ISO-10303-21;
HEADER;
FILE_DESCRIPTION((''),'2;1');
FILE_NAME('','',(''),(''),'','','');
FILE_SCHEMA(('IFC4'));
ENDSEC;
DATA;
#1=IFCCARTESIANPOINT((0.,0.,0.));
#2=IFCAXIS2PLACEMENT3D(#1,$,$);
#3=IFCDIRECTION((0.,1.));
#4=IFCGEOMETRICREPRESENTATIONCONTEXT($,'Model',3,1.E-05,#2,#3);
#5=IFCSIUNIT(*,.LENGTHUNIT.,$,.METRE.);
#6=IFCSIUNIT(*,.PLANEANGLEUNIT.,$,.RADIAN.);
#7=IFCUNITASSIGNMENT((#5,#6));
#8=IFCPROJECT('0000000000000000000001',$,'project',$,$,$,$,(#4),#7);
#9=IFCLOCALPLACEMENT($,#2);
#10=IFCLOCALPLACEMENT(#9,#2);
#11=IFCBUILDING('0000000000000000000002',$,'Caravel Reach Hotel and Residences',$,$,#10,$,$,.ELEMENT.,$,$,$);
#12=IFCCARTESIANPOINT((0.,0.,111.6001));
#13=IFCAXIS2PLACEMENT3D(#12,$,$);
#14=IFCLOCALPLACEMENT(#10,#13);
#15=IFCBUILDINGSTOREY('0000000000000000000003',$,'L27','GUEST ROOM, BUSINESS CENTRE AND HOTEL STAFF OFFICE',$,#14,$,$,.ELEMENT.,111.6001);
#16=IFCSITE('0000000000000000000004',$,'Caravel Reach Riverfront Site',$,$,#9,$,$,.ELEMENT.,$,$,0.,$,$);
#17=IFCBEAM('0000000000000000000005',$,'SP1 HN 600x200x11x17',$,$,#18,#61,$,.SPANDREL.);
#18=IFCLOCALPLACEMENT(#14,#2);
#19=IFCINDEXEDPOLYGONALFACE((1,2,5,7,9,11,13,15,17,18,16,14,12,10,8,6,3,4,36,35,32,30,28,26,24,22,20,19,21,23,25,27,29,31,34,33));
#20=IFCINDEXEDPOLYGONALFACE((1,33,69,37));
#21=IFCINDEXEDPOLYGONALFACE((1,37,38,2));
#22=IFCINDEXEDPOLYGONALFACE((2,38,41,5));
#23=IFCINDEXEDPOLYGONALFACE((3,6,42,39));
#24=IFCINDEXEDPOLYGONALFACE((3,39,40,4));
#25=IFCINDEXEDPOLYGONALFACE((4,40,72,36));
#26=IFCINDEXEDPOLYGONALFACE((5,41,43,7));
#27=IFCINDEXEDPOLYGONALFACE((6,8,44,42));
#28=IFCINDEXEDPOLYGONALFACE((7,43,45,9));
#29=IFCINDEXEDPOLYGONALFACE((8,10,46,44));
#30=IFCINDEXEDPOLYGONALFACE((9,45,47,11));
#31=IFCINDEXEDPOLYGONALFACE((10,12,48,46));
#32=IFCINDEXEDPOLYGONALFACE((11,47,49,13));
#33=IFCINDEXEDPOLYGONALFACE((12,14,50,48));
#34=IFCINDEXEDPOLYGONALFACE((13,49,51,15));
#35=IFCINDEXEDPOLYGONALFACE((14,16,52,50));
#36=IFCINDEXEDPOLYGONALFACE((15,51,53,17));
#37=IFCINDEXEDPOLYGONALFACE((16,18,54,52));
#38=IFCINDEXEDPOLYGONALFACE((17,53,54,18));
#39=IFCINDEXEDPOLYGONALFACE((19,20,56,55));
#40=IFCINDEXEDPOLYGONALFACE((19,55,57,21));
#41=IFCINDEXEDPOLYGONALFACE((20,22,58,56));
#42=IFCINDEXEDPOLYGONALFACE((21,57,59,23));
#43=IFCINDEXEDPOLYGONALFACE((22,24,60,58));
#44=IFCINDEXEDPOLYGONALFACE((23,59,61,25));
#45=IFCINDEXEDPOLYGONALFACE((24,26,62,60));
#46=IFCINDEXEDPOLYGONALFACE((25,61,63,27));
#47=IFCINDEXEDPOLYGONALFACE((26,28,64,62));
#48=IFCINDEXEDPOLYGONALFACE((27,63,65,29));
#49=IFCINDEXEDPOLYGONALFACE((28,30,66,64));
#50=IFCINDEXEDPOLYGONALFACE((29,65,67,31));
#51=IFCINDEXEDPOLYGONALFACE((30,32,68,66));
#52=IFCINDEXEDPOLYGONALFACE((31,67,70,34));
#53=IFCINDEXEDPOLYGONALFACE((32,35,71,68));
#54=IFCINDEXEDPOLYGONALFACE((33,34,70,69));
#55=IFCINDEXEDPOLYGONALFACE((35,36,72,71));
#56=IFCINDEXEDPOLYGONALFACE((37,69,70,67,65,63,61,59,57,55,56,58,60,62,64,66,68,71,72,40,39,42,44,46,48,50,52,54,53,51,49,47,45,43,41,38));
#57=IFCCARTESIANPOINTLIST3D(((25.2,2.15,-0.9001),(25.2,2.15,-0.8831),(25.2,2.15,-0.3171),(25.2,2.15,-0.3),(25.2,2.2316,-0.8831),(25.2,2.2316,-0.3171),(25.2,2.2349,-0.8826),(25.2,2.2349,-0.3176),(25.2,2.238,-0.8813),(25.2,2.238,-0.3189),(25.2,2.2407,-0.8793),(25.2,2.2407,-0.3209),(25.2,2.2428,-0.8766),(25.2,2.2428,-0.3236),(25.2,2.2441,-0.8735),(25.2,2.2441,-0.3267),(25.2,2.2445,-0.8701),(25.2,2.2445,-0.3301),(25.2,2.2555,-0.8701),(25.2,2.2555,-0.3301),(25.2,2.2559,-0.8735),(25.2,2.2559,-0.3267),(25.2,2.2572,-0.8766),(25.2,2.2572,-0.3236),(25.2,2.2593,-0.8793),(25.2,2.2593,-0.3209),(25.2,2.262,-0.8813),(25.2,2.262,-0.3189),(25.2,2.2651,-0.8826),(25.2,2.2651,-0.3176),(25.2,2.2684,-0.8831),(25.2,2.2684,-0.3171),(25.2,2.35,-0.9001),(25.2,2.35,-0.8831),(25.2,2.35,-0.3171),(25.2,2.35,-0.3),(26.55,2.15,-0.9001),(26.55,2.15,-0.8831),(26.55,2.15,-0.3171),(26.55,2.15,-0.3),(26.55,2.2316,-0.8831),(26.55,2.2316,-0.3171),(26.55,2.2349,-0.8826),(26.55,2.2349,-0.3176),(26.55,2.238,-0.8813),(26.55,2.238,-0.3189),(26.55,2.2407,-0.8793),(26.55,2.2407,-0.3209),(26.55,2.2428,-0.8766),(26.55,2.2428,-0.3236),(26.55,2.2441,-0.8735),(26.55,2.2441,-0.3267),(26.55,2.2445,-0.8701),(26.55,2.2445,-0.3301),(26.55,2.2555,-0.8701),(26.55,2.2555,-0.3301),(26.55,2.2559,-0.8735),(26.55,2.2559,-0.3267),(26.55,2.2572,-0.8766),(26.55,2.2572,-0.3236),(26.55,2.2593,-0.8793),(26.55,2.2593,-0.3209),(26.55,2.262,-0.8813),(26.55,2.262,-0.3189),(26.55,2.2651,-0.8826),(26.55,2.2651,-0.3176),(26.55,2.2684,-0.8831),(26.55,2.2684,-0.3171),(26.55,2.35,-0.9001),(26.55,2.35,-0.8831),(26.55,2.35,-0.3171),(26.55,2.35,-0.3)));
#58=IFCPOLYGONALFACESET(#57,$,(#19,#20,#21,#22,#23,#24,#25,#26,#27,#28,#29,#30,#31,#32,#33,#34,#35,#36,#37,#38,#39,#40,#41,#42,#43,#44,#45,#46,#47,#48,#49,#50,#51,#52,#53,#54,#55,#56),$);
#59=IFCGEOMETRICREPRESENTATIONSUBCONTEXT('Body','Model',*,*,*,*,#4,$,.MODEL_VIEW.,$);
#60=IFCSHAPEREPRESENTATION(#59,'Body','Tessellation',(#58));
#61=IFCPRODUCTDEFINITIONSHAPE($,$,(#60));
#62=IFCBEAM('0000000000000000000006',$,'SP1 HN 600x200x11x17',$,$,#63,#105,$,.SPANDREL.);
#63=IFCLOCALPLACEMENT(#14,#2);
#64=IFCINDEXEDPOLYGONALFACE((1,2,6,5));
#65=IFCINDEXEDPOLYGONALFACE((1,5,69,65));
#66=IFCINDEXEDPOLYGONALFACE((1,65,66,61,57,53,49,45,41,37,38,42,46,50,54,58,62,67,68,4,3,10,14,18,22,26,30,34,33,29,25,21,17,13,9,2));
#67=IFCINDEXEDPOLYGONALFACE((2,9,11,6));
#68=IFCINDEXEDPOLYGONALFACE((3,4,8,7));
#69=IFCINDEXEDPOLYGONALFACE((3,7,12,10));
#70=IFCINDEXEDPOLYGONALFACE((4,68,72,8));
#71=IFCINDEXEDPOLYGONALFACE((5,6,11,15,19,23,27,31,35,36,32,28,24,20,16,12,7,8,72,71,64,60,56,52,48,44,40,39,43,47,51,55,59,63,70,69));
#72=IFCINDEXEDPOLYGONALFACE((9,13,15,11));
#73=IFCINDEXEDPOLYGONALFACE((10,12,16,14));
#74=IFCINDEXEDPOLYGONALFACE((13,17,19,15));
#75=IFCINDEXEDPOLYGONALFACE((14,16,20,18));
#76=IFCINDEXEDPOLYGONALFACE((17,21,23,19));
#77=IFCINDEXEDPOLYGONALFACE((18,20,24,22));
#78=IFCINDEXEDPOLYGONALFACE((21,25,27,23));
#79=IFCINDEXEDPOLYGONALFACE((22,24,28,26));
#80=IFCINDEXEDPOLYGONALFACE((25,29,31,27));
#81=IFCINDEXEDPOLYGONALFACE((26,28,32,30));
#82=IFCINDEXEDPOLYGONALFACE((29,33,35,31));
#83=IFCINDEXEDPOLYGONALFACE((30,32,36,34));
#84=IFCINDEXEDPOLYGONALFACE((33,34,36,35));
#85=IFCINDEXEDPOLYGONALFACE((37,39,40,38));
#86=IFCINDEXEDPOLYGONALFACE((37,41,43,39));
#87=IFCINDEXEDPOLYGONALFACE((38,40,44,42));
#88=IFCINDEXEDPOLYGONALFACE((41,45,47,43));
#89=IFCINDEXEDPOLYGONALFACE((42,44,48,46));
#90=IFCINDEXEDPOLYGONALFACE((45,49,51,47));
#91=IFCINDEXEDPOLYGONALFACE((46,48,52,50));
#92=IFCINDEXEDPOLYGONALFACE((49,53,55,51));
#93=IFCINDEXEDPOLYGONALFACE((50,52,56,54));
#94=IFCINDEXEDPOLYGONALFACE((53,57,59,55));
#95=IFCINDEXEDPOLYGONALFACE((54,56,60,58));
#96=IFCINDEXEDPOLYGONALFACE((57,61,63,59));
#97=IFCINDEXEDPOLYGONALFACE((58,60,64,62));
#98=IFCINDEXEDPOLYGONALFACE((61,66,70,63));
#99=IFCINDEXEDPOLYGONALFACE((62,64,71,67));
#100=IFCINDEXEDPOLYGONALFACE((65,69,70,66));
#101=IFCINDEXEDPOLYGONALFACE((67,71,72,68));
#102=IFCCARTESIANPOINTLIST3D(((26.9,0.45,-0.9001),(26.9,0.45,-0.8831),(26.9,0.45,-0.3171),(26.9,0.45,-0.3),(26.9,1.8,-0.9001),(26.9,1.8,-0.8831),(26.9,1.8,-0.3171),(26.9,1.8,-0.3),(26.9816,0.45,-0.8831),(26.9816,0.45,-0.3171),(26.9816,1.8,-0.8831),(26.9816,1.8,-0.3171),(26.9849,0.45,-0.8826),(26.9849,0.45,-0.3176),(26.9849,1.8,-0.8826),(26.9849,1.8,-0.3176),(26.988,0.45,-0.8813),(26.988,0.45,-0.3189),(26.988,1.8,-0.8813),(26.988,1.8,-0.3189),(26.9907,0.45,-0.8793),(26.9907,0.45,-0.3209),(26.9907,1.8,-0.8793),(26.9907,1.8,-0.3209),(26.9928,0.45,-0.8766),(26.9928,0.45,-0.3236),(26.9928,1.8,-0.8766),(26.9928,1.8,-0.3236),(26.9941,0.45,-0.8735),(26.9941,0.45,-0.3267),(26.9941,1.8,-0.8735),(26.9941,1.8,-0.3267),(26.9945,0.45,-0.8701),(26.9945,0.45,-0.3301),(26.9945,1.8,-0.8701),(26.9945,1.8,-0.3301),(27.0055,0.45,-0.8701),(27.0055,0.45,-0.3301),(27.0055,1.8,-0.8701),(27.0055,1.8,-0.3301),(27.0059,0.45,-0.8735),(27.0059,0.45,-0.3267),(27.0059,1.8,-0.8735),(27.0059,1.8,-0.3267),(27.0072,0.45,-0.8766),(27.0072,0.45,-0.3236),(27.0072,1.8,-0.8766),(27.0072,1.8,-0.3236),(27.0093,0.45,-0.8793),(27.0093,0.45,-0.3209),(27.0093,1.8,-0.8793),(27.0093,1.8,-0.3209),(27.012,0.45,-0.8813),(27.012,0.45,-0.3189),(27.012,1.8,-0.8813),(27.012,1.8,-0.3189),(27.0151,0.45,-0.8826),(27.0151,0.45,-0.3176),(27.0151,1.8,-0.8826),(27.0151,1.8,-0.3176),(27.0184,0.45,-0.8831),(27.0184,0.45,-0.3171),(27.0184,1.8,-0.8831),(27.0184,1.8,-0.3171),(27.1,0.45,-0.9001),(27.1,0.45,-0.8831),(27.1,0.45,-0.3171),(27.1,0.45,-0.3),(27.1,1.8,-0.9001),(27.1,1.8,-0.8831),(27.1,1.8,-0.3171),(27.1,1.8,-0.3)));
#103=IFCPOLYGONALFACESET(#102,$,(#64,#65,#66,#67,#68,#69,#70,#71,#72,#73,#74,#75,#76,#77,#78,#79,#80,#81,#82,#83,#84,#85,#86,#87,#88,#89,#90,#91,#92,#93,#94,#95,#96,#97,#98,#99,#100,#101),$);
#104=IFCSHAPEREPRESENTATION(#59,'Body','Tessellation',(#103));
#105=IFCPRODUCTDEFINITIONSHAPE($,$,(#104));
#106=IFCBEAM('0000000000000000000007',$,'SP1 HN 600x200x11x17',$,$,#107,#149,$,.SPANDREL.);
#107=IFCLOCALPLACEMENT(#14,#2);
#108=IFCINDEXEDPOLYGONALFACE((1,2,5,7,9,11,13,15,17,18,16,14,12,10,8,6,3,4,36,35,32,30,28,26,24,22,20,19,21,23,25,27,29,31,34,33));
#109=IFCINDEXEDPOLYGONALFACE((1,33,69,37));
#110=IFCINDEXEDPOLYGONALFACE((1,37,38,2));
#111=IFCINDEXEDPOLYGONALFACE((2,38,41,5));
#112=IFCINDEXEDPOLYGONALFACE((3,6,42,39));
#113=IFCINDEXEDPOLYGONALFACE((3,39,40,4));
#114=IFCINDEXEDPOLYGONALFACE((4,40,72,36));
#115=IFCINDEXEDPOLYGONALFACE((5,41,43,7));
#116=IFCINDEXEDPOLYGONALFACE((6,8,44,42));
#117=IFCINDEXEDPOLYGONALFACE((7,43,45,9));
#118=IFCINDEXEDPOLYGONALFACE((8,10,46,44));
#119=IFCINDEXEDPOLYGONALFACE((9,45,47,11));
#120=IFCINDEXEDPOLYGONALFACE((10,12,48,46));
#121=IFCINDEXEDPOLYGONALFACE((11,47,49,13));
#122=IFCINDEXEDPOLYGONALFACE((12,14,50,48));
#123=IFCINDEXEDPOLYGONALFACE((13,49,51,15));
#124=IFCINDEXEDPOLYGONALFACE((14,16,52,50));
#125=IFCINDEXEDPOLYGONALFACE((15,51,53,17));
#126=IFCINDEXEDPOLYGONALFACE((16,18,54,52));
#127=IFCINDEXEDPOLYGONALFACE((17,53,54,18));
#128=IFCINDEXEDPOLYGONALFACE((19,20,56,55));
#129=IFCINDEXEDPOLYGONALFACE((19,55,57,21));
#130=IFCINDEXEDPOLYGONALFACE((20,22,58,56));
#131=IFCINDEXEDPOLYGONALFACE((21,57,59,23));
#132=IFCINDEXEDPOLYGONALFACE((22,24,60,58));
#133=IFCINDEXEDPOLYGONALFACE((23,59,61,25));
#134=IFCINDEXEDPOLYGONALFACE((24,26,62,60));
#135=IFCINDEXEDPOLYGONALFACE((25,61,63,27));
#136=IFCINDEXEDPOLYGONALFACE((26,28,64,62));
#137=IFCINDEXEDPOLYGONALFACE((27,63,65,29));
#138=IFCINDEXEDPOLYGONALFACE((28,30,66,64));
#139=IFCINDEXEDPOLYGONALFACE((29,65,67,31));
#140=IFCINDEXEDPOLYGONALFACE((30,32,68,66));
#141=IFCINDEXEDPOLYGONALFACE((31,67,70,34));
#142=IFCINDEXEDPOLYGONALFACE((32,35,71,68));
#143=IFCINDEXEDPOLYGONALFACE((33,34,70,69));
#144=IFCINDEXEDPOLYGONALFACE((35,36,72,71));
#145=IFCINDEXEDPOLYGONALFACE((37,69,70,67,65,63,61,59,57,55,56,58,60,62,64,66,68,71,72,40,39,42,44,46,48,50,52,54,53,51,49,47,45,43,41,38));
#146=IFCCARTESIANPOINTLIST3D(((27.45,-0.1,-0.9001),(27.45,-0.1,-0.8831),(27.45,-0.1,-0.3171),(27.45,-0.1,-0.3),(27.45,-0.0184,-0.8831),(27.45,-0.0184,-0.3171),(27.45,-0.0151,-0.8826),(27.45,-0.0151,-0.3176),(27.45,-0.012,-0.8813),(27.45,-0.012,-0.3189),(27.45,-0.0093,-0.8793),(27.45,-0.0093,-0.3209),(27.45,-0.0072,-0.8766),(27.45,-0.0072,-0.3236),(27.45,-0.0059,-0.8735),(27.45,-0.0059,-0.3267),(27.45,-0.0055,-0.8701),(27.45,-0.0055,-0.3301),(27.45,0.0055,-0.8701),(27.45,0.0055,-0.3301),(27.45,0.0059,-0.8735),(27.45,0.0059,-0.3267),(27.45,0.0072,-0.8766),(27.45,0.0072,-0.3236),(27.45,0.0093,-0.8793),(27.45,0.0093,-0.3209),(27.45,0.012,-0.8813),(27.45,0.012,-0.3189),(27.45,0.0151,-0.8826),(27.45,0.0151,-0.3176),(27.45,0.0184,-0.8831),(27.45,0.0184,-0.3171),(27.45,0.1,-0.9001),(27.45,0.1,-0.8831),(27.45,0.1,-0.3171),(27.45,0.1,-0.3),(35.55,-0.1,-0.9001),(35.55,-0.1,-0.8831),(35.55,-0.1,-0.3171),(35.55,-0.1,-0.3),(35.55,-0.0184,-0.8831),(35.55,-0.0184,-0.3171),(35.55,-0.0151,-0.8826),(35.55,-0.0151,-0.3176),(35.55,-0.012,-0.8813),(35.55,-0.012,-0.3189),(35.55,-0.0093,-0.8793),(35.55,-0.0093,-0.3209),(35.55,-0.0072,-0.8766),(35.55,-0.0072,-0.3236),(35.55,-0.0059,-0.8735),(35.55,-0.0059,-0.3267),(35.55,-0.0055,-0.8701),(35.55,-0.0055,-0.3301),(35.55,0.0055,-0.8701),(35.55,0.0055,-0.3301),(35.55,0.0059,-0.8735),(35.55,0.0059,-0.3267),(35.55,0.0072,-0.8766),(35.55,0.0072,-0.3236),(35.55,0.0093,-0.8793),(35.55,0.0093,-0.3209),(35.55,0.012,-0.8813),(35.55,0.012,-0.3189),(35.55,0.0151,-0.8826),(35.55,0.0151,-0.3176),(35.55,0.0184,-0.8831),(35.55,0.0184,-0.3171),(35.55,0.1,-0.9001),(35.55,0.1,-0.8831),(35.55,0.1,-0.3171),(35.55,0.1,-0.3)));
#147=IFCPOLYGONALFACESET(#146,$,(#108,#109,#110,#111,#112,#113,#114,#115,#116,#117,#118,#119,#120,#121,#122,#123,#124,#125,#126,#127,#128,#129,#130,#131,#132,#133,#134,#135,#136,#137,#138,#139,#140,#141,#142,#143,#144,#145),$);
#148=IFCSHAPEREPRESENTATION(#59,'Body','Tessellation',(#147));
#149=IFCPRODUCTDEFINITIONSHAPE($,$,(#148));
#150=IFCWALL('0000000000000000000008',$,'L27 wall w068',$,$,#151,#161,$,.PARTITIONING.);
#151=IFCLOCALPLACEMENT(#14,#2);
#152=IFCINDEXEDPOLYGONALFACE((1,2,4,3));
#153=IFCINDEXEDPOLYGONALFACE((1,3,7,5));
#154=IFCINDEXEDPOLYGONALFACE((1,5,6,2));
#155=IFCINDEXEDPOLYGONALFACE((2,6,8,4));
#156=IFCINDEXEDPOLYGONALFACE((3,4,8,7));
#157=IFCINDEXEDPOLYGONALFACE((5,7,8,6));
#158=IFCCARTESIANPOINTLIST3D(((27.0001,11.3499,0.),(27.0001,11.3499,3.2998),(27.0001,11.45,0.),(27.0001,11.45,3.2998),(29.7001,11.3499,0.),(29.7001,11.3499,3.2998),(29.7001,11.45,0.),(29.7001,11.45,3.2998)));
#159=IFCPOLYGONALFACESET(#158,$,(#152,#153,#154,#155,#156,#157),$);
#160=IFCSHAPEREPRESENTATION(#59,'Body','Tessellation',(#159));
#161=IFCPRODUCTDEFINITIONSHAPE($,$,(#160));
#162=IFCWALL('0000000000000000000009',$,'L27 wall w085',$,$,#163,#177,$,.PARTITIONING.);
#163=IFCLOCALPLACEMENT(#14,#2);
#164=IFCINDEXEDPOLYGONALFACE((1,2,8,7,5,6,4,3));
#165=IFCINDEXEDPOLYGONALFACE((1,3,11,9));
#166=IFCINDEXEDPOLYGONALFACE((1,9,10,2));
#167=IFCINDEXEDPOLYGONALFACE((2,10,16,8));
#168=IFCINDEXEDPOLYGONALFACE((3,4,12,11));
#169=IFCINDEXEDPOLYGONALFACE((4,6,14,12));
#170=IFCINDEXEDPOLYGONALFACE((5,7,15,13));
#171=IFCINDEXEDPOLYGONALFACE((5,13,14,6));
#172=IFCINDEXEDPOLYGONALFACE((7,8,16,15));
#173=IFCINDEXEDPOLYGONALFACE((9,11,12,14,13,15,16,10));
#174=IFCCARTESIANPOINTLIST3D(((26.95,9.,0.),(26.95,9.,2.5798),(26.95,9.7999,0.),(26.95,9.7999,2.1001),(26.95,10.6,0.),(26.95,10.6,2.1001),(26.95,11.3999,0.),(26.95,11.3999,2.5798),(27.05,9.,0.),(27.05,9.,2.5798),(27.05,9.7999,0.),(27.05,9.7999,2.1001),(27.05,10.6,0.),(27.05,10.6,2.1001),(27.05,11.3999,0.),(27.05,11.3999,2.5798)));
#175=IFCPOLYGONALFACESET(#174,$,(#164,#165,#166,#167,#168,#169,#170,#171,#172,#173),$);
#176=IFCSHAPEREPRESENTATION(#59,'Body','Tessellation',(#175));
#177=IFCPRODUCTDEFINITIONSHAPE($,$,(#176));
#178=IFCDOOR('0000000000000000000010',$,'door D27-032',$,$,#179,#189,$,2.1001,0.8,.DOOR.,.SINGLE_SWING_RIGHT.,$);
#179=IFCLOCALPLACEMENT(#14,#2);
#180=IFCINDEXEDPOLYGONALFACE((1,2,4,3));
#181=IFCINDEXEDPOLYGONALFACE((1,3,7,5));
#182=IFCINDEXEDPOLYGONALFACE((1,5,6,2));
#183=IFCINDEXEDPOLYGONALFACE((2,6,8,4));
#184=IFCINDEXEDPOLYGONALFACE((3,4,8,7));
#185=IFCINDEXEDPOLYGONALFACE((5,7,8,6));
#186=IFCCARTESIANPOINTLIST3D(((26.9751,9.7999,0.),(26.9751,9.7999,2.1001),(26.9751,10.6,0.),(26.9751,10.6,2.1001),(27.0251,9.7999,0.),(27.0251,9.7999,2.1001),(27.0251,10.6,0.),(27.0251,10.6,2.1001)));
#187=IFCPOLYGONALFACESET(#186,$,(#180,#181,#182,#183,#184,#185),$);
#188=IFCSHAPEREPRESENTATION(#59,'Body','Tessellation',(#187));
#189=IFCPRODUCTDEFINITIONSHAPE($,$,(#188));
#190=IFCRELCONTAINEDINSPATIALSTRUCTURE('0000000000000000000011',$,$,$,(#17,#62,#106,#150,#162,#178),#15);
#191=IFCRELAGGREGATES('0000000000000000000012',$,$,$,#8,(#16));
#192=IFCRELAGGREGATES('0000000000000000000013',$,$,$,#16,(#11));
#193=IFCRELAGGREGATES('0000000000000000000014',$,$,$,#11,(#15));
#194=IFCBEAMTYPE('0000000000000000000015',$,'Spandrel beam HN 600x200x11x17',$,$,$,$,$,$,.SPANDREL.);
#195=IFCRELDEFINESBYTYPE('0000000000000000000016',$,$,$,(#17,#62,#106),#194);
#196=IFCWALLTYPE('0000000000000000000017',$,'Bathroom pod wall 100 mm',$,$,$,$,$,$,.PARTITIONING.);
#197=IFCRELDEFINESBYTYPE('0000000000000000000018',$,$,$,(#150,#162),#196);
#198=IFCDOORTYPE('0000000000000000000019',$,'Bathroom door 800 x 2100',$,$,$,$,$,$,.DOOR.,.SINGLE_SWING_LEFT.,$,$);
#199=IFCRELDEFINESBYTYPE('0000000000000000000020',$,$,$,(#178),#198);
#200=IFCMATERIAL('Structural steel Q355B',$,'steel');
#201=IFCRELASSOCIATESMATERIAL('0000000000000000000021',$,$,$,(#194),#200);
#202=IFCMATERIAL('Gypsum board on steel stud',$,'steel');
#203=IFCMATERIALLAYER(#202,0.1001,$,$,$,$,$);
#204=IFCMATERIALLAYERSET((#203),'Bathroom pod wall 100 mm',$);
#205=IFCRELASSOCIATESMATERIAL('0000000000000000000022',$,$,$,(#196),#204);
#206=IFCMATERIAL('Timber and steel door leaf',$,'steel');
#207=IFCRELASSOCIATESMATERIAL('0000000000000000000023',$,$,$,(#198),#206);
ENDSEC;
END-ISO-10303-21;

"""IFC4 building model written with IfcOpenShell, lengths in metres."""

from ifc_helpers import new_model, si_unit, direction, frame, frame_2d, origin, origin_2d, place, context, subcontext, project, spatial, rectangle, i_section, extrude, material, layer, layer_set, material_profile, profile_set, type_object, element, fill, save


model = new_model("IFC4")

# Units and contexts
model_context = context("Model", 3, precision=1e-05, world=origin(), true_north=direction((0.0, 1.0)))
body_context = subcontext(model_context, "Body", "Model", "MODEL_VIEW")
ifc_project = project(units=[si_unit("LENGTHUNIT", "METRE"), si_unit("PLANEANGLEUNIT", "RADIAN")], contexts=[model_context])

# Site, building, storey
site_placement = place(None, origin())
site = spatial("IfcSite", under=ifc_project, at=site_placement, Name="Caravel Reach Riverfront Site", CompositionType="ELEMENT", RefElevation=0.0)
building_placement = place(site_placement, origin())
building = spatial("IfcBuilding", under=site, at=building_placement, Name="Caravel Reach Hotel and Residences", CompositionType="ELEMENT")
storey_placement = place(building_placement, frame((0.0, 0.0, 111.6001)))
storey = spatial("IfcBuildingStorey", under=building, at=storey_placement, Name="L27", Description="GUEST ROOM, BUSINESS CENTRE AND HOTEL STAFF OFFICE", CompositionType="ELEMENT", Elevation=111.6001)

# Beams
ifc_material_1 = material(Name="Structural steel Q355B", Category="steel")
ifc_material_profile_1 = material_profile(ifc_material_1, i_section(OverallWidth=0.2, OverallDepth=0.6001, WebThickness=0.011, FlangeThickness=0.0171, FilletRadius=0.0129, at=origin_2d()), Name="HN 600x200x11x17")
ifc_profile_set_1 = profile_set([ifc_material_profile_1], Name="Structural steel Q355B")
beam_type = type_object("IfcBeamType", Name="Spandrel beam HN 600x200x11x17", PredefinedType="SPANDREL", material=ifc_profile_set_1)
for number, where, z_axis, x_axis, name in (
    (1, (25.2, 2.25, -0.6001), (1.0, 0.0, 0.0), (0.0, 1.0, 0.0), "SP1 HN 600x200x11x17"),
    (2, (27.0, 1.8, -0.6001), (0.0, -1.0, 0.0), (1.0, 0.0, 0.0), "SP1 HN 600x200x11x17"),
):
    element("IfcBeam", number, at=place(storey_placement, frame(where, z_axis=z_axis, x_axis=x_axis)), inside=storey, type_object=beam_type, Name=name, PredefinedType="SPANDREL", context=body_context, shape_type="SweptSolid", body=[
        extrude(i_section(OverallWidth=0.2, OverallDepth=0.6001, WebThickness=0.011, FlangeThickness=0.0171, FilletRadius=0.0129, at=origin_2d()), origin(), (0.0, 0.0, 1.0), 1.3501),
    ])
beam_placement = place(storey_placement, frame((27.45, 0.0, -0.6001), z_axis=(1.0, 0.0, 0.0), x_axis=(0.0, 1.0, 0.0)))
element("IfcBeam", 3, at=beam_placement, inside=storey, type_object=beam_type, Name="SP1 HN 600x200x11x17", PredefinedType="SPANDREL", context=body_context, shape_type="SweptSolid", body=[
    extrude(i_section(OverallWidth=0.2, OverallDepth=0.6001, WebThickness=0.011, FlangeThickness=0.0171, FilletRadius=0.0129, at=origin_2d()), origin(), (0.0, 0.0, 1.0), 8.1001),
])

# Wall
ifc_material_2 = material(Name="Gypsum board on steel stud", Category="steel")
ifc_layer_1 = layer(ifc_material_2, 0.1001)
ifc_layer_set_1 = layer_set([ifc_layer_1], Name="Bathroom pod wall 100 mm")
wall_type_1 = type_object("IfcWallType", Name="Bathroom pod wall 100 mm", PredefinedType="PARTITIONING", material=ifc_layer_set_1)
wall_1_placement = place(storey_placement, frame((27.0, 11.3999, 0.0), z_axis=(0.0, 0.0, 1.0), x_axis=(1.0, 0.0, 0.0)))
element("IfcWall", 4, at=wall_1_placement, inside=storey, type_object=wall_type_1, Name="L27 wall w068", PredefinedType="PARTITIONING", context=body_context, shape_type="SweptSolid", body=[
    extrude(rectangle(XDim=2.7, YDim=0.1001, at=frame_2d((1.3501, 0.0))), origin(), (0.0, 0.0, 1.0), 3.2998),
])

# Wall, opening, door
wall_2_placement = place(storey_placement, frame((27.0, 9.0, 0.0), z_axis=(0.0, 0.0, 1.0), x_axis=(0.0, 1.0, 0.0)))
wall_2 = element("IfcWall", 5, at=wall_2_placement, inside=storey, type_object=wall_type_1, Name="L27 wall w085", PredefinedType="PARTITIONING", context=body_context, shape_type="SweptSolid", body=[
    extrude(rectangle(XDim=2.3999, YDim=0.1001, at=frame_2d((1.2, 0.0))), origin(), (0.0, 0.0, 1.0), 2.5798),
])
opening_1_placement = place(wall_2_placement, frame((0.8, 0.0, 0.0)))
opening_1 = element("IfcOpeningElement", 6, at=opening_1_placement, cuts=wall_2, PredefinedType="OPENING", context=body_context, shape_type="SweptSolid", body=[
    extrude(rectangle(XDim=0.8, YDim=2.1001, at=frame_2d((0.3999, 1.05))), frame((0.0, 0.0601, 0.0), z_axis=(0.0, -1.0, 0.0), x_axis=(1.0, 0.0, 0.0)), (0.0, 0.0, 1.0), 0.1201),
])
ifc_material_3 = material(Name="Timber and steel door leaf", Category="steel")
door_type_1 = type_object("IfcDoorType", Name="Bathroom door 800 x 2100", OperationType="SINGLE_SWING_LEFT", PredefinedType="DOOR", material=ifc_material_3)
door_1_placement = place(opening_1_placement, origin())
door_1 = element("IfcDoor", 7, at=door_1_placement, inside=storey, type_object=door_type_1, Name="door D27-032", OperationType="SINGLE_SWING_RIGHT", OverallHeight=2.1001, OverallWidth=0.8, PredefinedType="DOOR", context=body_context, shape_type="SweptSolid", body=[
    extrude(rectangle(XDim=0.8, YDim=2.1001, at=frame_2d((0.3999, 1.05))), frame((0.0, 0.0249, 0.0), z_axis=(0.0, -1.0, 0.0), x_axis=(1.0, 0.0, 0.0)), (0.0, 0.0, 1.0), 0.05),
])
fill(opening_1, door_1)

save(model, "model.ifc")
